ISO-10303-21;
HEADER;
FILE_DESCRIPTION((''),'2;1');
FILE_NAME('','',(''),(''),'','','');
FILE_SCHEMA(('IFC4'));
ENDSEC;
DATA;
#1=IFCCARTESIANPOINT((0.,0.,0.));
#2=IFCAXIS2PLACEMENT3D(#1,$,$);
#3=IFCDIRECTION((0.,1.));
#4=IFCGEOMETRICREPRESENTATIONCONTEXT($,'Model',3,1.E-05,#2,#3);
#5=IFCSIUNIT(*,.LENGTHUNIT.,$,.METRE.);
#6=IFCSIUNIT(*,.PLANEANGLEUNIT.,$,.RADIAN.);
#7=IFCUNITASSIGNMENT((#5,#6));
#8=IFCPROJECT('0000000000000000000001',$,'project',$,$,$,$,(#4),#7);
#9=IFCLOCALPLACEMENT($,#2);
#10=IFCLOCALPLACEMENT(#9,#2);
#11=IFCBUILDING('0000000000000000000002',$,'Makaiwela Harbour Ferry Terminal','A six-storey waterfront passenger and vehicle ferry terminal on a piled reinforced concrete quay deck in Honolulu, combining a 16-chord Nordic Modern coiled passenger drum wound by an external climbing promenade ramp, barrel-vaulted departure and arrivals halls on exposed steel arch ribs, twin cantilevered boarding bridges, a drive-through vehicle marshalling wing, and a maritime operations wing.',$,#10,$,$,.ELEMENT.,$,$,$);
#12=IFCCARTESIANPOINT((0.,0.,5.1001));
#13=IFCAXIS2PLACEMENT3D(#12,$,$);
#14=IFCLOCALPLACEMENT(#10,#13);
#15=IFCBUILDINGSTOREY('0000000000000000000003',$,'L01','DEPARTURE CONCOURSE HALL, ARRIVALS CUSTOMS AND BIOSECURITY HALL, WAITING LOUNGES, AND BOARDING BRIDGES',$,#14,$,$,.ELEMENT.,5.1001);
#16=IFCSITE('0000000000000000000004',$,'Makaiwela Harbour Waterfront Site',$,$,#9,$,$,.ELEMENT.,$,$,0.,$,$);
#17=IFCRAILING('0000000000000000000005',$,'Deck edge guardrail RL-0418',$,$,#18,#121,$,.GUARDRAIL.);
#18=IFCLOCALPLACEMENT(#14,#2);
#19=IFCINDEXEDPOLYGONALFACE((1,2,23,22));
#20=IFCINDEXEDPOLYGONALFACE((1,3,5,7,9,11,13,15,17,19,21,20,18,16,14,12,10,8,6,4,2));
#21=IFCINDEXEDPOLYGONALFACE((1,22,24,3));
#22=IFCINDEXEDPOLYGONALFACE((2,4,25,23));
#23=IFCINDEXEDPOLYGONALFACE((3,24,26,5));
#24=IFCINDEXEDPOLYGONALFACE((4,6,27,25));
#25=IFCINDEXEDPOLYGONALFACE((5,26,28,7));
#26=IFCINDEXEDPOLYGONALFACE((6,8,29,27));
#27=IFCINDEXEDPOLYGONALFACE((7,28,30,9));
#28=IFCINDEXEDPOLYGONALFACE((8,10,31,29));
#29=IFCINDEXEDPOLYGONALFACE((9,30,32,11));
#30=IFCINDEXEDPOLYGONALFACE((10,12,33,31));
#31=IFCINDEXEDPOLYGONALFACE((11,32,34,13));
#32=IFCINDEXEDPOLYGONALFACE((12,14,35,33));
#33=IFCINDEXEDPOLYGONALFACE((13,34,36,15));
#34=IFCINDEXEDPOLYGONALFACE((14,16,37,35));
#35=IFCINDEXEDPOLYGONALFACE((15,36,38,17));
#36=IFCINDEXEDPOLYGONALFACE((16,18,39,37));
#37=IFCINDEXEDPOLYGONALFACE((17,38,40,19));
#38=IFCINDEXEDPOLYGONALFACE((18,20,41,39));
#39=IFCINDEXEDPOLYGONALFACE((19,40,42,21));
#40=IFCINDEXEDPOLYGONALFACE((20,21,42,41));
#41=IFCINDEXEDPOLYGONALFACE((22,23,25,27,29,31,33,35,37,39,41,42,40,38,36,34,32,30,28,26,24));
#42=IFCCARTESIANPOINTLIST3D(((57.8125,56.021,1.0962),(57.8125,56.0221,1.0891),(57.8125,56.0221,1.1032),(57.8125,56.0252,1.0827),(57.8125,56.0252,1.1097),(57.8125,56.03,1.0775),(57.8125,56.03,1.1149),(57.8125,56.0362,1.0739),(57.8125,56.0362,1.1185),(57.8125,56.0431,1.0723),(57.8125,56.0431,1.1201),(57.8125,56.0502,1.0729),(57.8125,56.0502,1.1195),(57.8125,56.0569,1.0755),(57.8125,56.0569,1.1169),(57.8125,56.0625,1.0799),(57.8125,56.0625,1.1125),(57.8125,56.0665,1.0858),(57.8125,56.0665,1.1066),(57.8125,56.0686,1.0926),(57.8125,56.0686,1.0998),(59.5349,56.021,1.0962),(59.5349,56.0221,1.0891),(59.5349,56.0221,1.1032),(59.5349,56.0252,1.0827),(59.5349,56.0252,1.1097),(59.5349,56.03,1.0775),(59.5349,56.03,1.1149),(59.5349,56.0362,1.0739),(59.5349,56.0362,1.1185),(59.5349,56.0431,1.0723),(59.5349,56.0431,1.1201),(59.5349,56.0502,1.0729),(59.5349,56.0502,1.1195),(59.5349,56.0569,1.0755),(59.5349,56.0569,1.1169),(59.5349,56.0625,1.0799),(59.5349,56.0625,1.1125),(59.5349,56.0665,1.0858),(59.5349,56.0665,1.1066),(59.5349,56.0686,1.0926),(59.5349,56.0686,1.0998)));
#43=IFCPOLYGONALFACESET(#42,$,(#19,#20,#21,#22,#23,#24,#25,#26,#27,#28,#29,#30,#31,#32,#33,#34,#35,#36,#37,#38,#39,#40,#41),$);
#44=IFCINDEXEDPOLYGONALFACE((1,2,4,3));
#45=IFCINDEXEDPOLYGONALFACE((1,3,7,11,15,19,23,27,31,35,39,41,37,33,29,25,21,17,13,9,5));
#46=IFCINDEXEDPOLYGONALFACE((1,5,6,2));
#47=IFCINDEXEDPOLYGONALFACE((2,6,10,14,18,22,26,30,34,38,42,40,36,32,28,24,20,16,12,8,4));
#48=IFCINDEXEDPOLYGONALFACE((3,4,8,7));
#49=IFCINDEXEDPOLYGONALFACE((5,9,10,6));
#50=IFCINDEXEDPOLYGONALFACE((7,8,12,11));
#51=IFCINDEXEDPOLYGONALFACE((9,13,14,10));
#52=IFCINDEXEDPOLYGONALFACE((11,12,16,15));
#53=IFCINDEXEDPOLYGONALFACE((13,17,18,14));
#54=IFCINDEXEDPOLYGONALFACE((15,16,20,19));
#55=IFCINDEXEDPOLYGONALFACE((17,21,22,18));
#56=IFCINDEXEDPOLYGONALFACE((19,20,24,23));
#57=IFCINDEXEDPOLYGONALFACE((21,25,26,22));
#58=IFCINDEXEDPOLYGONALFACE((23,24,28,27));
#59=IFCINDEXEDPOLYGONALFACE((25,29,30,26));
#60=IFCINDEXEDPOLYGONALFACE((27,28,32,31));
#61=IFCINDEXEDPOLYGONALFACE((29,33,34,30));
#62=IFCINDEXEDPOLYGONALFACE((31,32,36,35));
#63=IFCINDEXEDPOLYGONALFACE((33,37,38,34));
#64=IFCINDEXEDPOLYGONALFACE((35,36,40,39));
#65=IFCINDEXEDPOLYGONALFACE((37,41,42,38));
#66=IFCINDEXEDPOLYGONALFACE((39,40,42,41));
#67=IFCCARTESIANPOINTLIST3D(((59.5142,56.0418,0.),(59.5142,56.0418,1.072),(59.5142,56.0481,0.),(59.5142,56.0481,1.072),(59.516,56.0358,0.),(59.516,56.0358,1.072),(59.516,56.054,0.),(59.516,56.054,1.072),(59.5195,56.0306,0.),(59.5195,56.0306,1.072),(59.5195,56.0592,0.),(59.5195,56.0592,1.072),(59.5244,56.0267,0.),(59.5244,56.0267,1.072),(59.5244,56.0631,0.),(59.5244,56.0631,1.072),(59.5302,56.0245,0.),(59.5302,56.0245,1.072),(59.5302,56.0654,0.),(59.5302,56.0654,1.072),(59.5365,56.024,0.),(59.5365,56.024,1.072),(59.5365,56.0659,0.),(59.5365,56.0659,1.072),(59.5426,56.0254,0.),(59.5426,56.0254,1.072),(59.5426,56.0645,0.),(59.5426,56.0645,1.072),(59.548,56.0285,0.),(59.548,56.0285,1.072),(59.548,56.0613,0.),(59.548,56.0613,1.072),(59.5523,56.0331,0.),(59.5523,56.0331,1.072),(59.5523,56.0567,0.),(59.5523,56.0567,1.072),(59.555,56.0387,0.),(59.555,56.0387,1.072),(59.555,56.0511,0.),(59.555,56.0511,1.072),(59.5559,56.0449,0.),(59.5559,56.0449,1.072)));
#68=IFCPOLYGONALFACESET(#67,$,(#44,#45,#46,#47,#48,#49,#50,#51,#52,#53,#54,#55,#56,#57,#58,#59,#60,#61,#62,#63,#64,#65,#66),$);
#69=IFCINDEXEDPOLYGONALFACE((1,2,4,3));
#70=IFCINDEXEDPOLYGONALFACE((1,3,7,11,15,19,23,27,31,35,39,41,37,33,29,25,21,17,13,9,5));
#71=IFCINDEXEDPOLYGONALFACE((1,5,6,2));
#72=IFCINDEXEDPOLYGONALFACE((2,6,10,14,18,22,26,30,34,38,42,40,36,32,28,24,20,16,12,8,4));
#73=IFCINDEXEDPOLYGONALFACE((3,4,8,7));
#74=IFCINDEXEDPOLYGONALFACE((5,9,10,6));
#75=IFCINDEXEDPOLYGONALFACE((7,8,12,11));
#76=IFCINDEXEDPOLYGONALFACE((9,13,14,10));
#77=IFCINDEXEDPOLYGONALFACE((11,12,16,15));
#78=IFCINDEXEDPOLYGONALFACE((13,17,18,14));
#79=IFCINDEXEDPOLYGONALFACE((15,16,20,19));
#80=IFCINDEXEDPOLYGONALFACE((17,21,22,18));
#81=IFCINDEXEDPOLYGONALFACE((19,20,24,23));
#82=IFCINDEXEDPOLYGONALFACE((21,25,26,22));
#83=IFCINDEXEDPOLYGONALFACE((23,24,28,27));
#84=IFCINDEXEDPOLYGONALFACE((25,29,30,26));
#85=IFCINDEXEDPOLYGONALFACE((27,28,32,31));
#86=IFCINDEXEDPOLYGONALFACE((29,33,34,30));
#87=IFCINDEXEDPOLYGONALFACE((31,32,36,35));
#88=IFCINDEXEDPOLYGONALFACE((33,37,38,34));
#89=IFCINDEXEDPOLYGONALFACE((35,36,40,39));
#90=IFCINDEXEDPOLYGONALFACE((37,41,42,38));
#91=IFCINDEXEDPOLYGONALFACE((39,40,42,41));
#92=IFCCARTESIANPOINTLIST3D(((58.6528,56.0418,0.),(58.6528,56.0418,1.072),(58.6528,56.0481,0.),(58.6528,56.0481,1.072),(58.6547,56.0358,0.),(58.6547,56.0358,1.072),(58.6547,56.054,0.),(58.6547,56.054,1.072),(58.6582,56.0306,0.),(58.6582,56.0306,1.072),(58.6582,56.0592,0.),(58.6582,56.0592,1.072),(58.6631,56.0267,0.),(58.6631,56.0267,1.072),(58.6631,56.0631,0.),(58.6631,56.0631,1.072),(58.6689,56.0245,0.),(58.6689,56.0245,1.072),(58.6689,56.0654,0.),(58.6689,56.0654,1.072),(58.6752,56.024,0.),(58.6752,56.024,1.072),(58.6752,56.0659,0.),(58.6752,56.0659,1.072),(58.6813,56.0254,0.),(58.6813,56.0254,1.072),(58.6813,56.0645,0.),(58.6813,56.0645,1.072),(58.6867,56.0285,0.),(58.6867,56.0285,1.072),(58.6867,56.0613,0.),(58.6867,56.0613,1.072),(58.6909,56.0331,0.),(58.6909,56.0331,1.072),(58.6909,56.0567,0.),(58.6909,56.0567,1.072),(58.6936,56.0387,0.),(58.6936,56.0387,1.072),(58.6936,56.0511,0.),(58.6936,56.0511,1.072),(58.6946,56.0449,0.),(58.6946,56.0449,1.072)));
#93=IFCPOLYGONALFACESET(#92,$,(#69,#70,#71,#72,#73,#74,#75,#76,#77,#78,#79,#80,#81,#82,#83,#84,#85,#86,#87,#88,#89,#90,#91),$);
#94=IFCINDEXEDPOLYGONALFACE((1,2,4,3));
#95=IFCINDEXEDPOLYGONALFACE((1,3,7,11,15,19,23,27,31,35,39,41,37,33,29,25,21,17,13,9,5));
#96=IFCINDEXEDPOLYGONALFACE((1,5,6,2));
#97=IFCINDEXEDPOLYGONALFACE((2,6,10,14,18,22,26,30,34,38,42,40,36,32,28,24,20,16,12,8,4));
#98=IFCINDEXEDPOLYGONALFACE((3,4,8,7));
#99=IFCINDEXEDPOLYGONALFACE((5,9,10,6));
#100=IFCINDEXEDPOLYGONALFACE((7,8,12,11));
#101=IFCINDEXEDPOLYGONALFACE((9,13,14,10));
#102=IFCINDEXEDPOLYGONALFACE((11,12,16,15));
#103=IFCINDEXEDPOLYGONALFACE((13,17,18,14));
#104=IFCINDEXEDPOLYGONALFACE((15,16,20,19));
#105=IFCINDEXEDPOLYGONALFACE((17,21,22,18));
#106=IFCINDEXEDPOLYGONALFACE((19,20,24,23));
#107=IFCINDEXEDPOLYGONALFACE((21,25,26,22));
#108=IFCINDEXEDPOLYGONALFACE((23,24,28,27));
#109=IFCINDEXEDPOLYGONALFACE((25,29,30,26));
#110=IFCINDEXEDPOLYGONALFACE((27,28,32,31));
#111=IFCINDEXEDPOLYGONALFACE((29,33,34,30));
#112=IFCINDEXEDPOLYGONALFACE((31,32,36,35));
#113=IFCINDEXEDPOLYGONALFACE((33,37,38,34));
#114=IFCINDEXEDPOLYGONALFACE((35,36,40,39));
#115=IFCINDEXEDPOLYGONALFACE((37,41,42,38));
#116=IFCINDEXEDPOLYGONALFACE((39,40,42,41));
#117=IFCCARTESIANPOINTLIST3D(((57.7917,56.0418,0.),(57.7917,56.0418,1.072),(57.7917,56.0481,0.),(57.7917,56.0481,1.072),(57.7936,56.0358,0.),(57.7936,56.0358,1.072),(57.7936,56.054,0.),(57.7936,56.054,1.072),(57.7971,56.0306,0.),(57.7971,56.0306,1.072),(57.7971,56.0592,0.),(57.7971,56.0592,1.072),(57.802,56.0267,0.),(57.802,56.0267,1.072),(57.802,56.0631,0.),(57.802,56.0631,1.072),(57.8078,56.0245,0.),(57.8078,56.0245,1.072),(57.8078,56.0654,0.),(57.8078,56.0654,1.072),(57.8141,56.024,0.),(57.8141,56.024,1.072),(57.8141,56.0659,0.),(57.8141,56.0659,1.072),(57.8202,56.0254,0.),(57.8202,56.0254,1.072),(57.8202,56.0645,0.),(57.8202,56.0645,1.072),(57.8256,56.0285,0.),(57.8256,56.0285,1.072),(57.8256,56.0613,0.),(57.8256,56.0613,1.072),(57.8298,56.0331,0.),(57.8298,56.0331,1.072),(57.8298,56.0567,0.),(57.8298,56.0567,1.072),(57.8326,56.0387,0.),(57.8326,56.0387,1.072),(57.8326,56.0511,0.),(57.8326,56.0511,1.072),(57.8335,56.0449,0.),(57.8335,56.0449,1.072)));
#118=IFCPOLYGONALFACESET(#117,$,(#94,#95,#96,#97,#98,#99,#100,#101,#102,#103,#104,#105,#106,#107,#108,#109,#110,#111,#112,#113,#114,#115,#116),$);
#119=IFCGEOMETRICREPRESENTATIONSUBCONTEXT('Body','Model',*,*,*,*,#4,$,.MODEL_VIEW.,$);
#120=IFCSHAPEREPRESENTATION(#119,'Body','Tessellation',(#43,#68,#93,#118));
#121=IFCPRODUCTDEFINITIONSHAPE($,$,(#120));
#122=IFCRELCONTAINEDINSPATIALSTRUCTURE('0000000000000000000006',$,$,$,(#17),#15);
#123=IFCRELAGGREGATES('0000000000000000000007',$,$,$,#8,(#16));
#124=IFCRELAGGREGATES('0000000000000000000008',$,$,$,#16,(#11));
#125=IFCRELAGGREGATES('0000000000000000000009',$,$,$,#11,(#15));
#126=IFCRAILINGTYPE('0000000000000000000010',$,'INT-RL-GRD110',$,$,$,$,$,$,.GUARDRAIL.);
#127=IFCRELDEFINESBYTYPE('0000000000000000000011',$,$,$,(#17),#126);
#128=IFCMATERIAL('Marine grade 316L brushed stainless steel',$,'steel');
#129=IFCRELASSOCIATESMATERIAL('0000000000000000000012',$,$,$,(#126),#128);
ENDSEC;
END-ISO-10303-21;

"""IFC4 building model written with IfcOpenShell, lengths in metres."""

from ifc_helpers import new_model, si_unit, direction, frame, origin, origin_2d, place, context, subcontext, project, spatial, circle, extrude, material, type_object, element, save


model = new_model("IFC4")

# Units and contexts
model_context = context("Model", 3, precision=1e-05, world=origin(), true_north=direction((0.0, 1.0)))
body_context = subcontext(model_context, "Body", "Model", "MODEL_VIEW")
ifc_project = project(units=[si_unit("LENGTHUNIT", "METRE"), si_unit("PLANEANGLEUNIT", "RADIAN")], contexts=[model_context])

# Site, building, storey
site_placement = place(None, origin())
site = spatial("IfcSite", under=ifc_project, at=site_placement, Name="Makaiwela Harbour Waterfront Site", CompositionType="ELEMENT", RefElevation=0.0)
building_placement = place(site_placement, origin())
building = spatial("IfcBuilding", under=site, at=building_placement, Name="Makaiwela Harbour Ferry Terminal", Description="A six-storey waterfront passenger and vehicle ferry terminal on a piled reinforced concrete quay deck in Honolulu, combining a 16-chord Nordic Modern coiled passenger drum wound by an external climbing promenade ramp, barrel-vaulted departure and arrivals halls on exposed steel arch ribs, twin cantilevered boarding bridges, a drive-through vehicle marshalling wing, and a maritime operations wing.", CompositionType="ELEMENT")
storey_placement = place(building_placement, frame((0.0, 0.0, 5.1001)))
storey = spatial("IfcBuildingStorey", under=building, at=storey_placement, Name="L01", Description="DEPARTURE CONCOURSE HALL, ARRIVALS CUSTOMS AND BIOSECURITY HALL, WAITING LOUNGES, AND BOARDING BRIDGES", CompositionType="ELEMENT", Elevation=5.1001)

# Shared definitions
ifc_material_1 = material(Name="Marine grade 316L brushed stainless steel", Category="steel")

# Railing
railing_type_1 = type_object("IfcRailingType", Name="INT-RL-GRD110", PredefinedType="GUARDRAIL", material=ifc_material_1)
railing_1_placement = place(storey_placement, frame((59.5349, 56.0449, 0.0)))
element("IfcRailing", 1, at=railing_1_placement, inside=storey, type_object=railing_type_1, Name="Deck edge guardrail RL-0418", PredefinedType="GUARDRAIL", context=body_context, shape_type="SweptSolid", body=[
    extrude(circle(Radius=0.0239, at=origin_2d()), frame((0.0, 0.0, 1.0962), z_axis=(-1.0, 0.0, 0.0), x_axis=(0.0, -1.0, 0.0)), (0.0, 0.0, 1.0), 1.7224),
    extrude(circle(Radius=0.021, at=origin_2d()), origin(), (0.0, 0.0, 1.0), 1.072),
    extrude(circle(Radius=0.021, at=origin_2d()), frame((-0.8613, 0.0, 0.0)), (0.0, 0.0, 1.0), 1.072),
    extrude(circle(Radius=0.021, at=origin_2d()), frame((-1.7224, 0.0, 0.0)), (0.0, 0.0, 1.0), 1.072),
])

save(model, "model.ifc")
